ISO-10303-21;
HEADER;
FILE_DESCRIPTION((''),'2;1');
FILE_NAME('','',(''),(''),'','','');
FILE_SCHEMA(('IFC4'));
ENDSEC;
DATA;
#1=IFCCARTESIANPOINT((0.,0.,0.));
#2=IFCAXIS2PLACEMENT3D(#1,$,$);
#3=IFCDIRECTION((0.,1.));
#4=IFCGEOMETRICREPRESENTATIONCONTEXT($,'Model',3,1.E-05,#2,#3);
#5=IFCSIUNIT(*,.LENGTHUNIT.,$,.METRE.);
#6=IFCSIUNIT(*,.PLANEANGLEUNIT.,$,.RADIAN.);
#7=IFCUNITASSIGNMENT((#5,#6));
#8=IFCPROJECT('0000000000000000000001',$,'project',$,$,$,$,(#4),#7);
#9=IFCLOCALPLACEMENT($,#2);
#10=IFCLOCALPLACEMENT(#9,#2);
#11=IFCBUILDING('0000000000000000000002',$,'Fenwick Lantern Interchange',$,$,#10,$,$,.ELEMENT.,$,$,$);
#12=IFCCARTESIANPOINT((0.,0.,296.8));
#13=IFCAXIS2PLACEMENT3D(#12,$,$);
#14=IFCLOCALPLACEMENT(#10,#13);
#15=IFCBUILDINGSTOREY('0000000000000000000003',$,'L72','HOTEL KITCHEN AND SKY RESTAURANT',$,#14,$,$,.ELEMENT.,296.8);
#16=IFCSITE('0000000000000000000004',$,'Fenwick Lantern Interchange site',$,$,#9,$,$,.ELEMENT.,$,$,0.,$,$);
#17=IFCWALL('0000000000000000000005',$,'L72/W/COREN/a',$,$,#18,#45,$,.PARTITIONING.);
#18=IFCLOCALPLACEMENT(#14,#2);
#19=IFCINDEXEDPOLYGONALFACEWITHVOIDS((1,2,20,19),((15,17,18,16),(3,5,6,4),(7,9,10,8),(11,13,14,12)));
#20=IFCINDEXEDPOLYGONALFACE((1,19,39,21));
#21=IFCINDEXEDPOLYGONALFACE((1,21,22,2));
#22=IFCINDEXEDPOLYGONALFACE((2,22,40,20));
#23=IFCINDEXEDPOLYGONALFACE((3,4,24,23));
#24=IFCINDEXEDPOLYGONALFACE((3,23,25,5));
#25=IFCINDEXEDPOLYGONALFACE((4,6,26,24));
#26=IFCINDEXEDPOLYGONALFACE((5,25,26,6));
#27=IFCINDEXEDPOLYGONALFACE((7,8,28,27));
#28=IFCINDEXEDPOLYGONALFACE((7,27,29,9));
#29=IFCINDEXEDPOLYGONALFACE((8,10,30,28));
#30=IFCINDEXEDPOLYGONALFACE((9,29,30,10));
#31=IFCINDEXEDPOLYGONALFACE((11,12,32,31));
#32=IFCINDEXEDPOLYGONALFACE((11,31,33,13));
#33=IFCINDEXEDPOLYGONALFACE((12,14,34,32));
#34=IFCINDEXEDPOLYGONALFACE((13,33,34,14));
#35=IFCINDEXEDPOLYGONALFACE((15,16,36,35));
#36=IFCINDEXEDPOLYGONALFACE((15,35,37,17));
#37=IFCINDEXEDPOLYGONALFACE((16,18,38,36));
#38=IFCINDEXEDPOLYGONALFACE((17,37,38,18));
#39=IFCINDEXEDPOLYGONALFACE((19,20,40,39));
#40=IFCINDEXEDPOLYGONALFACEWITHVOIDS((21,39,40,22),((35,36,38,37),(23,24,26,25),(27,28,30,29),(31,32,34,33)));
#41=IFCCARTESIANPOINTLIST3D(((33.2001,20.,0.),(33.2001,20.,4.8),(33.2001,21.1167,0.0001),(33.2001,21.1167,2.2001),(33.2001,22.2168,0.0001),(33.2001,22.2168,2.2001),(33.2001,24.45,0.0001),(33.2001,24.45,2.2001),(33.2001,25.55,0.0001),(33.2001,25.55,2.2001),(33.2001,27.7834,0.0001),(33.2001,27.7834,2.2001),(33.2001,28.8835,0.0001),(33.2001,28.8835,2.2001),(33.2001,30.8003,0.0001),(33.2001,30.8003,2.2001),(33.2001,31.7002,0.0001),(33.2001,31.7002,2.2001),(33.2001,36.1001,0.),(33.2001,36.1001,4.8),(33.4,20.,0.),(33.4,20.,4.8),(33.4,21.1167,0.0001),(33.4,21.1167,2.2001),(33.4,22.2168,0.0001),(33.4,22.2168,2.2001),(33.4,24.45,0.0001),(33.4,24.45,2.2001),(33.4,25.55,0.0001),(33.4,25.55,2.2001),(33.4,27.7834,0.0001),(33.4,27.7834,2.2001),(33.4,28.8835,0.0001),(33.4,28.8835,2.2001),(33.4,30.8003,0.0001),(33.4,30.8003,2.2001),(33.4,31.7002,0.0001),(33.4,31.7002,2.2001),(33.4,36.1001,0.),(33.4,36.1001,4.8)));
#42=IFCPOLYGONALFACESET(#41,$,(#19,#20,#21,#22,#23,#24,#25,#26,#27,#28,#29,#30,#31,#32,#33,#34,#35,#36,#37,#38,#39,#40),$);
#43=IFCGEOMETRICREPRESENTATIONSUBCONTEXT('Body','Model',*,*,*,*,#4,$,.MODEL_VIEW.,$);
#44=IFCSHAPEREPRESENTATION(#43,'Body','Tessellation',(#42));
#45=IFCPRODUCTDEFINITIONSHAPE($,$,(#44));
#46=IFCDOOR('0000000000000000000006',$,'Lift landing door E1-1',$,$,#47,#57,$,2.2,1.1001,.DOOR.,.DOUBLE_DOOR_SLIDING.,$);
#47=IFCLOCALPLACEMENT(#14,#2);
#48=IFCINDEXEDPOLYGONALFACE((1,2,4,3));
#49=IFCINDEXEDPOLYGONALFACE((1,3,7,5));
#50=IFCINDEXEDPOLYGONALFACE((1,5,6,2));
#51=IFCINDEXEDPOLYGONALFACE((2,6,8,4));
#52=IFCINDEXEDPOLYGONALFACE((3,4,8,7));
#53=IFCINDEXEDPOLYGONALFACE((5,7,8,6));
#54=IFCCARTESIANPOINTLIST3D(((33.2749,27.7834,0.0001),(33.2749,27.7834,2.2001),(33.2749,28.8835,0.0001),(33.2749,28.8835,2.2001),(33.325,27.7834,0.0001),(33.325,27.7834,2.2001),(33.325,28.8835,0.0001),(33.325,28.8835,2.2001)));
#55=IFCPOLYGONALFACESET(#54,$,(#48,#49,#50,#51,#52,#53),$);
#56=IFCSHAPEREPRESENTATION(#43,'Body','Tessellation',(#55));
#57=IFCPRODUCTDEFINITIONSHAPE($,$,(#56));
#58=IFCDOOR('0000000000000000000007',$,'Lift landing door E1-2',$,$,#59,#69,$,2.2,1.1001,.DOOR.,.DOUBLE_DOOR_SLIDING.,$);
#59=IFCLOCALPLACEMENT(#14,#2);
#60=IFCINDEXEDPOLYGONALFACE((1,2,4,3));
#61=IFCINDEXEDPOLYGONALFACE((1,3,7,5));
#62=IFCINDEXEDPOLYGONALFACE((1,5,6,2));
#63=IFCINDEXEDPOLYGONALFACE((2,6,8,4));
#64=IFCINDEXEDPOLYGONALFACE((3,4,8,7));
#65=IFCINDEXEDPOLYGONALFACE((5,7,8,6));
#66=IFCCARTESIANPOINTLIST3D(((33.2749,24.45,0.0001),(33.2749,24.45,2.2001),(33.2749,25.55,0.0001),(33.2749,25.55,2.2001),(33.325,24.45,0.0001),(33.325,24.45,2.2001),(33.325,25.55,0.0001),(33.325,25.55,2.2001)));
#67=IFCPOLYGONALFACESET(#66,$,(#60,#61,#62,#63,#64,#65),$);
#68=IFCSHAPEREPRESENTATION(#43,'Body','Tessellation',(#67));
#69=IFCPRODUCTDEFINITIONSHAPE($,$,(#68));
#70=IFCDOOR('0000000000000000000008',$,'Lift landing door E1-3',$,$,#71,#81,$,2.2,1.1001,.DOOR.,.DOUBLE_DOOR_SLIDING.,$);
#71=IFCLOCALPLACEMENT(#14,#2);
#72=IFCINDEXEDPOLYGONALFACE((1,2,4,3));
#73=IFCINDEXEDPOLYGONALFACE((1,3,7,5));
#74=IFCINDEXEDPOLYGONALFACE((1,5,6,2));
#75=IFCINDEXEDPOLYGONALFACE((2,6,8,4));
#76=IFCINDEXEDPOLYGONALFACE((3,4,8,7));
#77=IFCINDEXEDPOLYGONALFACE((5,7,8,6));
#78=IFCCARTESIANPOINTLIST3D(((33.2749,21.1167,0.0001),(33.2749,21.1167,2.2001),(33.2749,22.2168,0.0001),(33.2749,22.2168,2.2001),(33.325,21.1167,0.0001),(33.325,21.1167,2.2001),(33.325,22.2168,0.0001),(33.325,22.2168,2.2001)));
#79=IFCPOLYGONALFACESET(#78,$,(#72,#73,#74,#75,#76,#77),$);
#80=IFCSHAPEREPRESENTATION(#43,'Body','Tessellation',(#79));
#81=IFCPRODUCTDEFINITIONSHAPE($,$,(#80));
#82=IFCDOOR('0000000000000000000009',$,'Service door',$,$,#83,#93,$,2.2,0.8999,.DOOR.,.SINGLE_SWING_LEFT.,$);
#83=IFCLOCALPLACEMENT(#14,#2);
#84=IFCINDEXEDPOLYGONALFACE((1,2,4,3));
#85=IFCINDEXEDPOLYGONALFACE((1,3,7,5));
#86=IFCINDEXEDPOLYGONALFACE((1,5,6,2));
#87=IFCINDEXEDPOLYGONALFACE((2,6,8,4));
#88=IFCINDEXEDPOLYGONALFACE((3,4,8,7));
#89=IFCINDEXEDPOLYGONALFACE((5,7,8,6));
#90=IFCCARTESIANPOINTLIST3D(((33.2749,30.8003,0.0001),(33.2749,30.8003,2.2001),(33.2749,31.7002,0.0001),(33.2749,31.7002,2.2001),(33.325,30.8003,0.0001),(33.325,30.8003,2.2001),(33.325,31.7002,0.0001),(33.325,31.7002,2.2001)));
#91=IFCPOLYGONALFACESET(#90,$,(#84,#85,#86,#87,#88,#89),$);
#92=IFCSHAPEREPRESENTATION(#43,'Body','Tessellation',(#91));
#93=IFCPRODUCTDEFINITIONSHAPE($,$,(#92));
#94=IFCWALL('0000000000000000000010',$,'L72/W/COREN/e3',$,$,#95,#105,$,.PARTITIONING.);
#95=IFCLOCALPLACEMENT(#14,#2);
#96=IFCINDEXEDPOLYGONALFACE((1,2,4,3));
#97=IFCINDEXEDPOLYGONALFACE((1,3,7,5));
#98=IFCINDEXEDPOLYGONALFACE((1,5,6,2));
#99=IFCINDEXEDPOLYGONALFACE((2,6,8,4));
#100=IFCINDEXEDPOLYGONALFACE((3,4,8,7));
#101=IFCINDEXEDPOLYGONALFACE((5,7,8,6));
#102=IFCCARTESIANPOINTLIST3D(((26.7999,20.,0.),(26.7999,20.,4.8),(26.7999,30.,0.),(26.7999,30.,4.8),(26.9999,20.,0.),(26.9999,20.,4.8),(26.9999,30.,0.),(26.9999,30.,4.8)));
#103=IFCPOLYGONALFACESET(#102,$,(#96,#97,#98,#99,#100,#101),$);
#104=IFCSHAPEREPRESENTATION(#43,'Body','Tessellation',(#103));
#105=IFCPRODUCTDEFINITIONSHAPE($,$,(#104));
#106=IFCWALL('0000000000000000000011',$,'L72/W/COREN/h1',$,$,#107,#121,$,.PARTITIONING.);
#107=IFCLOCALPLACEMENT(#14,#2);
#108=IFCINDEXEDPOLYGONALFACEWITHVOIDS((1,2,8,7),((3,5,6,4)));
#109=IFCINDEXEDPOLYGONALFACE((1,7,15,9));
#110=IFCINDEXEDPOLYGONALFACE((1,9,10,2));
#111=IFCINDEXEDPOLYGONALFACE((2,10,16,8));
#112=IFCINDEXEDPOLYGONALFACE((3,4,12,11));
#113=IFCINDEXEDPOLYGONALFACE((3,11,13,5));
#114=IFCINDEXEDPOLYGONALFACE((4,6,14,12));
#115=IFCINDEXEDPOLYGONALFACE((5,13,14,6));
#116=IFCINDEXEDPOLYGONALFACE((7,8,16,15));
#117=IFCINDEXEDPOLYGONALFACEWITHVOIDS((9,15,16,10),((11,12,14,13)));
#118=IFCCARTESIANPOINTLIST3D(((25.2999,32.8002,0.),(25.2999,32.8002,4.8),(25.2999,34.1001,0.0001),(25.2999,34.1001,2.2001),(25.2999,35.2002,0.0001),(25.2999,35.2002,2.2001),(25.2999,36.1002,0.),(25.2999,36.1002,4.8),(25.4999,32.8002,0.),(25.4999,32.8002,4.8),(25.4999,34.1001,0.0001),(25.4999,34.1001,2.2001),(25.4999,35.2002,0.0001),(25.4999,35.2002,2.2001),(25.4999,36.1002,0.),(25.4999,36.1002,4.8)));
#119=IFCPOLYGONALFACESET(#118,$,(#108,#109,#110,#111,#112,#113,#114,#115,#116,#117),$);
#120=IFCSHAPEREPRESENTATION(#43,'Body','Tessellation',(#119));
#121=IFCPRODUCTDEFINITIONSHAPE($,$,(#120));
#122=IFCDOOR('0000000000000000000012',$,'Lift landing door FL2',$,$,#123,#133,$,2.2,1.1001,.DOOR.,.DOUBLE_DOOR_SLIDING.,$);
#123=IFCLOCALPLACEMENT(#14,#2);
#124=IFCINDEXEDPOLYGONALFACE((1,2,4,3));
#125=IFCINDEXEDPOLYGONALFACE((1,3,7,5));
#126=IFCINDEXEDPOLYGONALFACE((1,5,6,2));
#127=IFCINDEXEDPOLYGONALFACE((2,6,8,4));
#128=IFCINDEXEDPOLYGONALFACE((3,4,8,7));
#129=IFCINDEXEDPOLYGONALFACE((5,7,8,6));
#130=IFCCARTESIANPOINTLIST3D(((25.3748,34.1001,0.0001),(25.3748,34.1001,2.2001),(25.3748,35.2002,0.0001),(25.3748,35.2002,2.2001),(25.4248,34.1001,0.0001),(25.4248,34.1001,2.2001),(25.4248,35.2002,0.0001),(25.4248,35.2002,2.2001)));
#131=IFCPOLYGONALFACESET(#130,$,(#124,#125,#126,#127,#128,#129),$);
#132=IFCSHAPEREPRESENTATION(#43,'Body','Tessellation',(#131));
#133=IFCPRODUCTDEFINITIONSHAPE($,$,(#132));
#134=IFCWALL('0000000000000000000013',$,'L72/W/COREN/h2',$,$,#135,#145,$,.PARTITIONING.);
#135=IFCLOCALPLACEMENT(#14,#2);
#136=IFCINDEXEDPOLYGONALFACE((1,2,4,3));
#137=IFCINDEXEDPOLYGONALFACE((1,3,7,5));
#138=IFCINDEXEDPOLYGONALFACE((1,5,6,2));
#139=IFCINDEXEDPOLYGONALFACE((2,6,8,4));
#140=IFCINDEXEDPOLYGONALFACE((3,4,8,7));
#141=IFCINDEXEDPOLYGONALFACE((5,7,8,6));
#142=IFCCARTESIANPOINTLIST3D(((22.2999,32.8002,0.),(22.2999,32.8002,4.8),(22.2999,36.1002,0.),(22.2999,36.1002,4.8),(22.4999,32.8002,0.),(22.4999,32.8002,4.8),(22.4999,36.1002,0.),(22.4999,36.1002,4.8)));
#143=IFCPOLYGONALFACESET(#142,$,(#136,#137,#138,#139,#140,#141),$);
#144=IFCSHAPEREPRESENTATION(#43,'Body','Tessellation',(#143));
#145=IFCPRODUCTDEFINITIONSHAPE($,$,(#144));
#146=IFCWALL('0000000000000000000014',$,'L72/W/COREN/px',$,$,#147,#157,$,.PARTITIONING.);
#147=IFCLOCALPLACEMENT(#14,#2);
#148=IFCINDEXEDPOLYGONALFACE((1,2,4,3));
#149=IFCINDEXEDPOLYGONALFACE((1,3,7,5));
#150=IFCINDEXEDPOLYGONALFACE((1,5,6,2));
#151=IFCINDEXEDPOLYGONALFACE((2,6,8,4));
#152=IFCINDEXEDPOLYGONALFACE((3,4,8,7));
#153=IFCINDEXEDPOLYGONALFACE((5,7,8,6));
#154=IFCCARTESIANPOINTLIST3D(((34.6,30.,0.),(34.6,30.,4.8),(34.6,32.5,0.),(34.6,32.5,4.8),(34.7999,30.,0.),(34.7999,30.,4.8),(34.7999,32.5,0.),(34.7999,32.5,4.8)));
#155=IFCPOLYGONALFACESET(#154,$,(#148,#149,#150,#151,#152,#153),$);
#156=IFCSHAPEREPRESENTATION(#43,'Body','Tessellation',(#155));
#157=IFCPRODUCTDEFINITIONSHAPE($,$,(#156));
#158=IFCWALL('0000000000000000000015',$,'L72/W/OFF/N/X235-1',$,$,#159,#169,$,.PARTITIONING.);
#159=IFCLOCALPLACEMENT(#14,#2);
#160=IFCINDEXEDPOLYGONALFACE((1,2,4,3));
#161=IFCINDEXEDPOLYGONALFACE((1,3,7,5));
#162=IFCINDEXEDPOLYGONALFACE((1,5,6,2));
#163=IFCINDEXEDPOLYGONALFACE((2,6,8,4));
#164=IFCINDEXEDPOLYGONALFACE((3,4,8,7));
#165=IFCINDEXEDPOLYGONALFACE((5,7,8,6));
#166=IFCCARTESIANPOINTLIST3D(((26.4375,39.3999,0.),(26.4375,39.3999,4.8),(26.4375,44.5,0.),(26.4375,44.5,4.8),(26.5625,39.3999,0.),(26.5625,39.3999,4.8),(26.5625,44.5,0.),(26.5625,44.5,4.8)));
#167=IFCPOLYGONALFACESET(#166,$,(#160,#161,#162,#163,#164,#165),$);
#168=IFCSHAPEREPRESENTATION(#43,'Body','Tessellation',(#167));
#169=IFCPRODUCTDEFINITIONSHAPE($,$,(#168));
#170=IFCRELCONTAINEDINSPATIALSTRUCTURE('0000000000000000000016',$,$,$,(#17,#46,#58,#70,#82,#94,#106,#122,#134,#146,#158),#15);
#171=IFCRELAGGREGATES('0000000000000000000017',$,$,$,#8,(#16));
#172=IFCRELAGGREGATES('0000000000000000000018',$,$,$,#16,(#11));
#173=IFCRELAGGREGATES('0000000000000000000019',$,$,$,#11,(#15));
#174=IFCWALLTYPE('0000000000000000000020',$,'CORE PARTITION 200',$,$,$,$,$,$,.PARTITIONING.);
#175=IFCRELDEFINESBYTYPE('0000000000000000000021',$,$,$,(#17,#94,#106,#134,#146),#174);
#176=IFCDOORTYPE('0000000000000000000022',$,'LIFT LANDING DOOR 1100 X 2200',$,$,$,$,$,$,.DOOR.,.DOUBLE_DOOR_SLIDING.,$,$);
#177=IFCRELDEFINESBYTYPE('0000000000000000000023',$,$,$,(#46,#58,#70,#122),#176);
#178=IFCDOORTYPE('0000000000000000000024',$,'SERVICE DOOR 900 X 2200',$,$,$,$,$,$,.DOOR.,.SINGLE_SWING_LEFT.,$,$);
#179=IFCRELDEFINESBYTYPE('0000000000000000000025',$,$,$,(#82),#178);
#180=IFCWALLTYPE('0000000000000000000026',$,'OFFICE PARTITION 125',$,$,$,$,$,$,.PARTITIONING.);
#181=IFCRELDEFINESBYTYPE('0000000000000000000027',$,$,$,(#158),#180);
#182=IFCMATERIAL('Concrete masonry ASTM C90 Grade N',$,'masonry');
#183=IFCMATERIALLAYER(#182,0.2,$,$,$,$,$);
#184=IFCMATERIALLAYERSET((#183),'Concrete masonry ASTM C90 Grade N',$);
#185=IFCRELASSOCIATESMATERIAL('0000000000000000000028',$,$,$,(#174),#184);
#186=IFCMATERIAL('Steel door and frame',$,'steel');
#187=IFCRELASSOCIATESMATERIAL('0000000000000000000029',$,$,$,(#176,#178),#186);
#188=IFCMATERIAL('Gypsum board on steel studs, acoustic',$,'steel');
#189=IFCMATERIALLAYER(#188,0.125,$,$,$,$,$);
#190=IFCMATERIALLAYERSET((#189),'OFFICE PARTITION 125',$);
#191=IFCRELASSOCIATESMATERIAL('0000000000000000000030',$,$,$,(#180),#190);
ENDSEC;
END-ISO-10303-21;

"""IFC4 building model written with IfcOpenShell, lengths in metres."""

from ifc_helpers import new_model, si_unit, direction, frame, frame_2d, origin, place, context, subcontext, project, spatial, rectangle, extrude, material, layer, layer_set, type_object, element, fill, save


model = new_model("IFC4")

# Units and contexts
model_context = context("Model", 3, precision=1e-05, world=origin(), true_north=direction((0.0, 1.0)))
body_context = subcontext(model_context, "Body", "Model", "MODEL_VIEW")
ifc_project = project(units=[si_unit("LENGTHUNIT", "METRE"), si_unit("PLANEANGLEUNIT", "RADIAN")], contexts=[model_context])

# Site, building, storey
site_placement = place(None, origin())
site = spatial("IfcSite", under=ifc_project, at=site_placement, Name="Fenwick Lantern Interchange site", CompositionType="ELEMENT", RefElevation=0.0)
building_placement = place(site_placement, origin())
building = spatial("IfcBuilding", under=site, at=building_placement, Name="Fenwick Lantern Interchange", CompositionType="ELEMENT")
storey_placement = place(building_placement, frame((0.0, 0.0, 296.8)))
storey = spatial("IfcBuildingStorey", under=building, at=storey_placement, Name="L72", Description="HOTEL KITCHEN AND SKY RESTAURANT", CompositionType="ELEMENT", Elevation=296.8)

# Wall, openings, doors
ifc_material_1 = material(Name="Concrete masonry ASTM C90 Grade N", Category="masonry")
ifc_layer_1 = layer(ifc_material_1, 0.2)
ifc_layer_set_1 = layer_set([ifc_layer_1], Name="Concrete masonry ASTM C90 Grade N")
wall_type_1 = type_object("IfcWallType", Name="CORE PARTITION 200", PredefinedType="PARTITIONING", material=ifc_layer_set_1)
wall_1_placement = place(storey_placement, frame((33.3, 36.1001, 0.0), z_axis=(0.0, 0.0, 1.0), x_axis=(0.0, -1.0, 0.0)))
wall_1 = element("IfcWall", 1, at=wall_1_placement, inside=storey, type_object=wall_type_1, Name="L72/W/COREN/a", PredefinedType="PARTITIONING", context=body_context, shape_type="SweptSolid", body=[
    extrude(rectangle(XDim=16.1001, YDim=0.2, at=frame_2d((8.05, 0.0))), origin(), (0.0, 0.0, 1.0), 4.8),
])
opening_1_placement = place(wall_1_placement, frame((4.3999, 0.0, 0.0)))
opening_1 = element("IfcOpeningElement", 2, at=opening_1_placement, cuts=wall_1, PredefinedType="OPENING", context=body_context, shape_type="SweptSolid", body=[
    extrude(rectangle(XDim=0.8999, YDim=2.2, at=frame_2d((0.45, 1.1001))), frame((0.0, 0.1099, 0.0), z_axis=(0.0, -1.0, 0.0), x_axis=(1.0, 0.0, 0.0)), (0.0, 0.0, 1.0), 0.22),
])
opening_2_placement = place(wall_1_placement, frame((7.2166, 0.0, 0.0)))
opening_2 = element("IfcOpeningElement", 3, at=opening_2_placement, cuts=wall_1, PredefinedType="OPENING", context=body_context, shape_type="SweptSolid", body=[
    extrude(rectangle(XDim=1.1001, YDim=2.2, at=frame_2d((0.55, 1.1001))), frame((0.0, 0.1099, 0.0), z_axis=(0.0, -1.0, 0.0), x_axis=(1.0, 0.0, 0.0)), (0.0, 0.0, 1.0), 0.22),
])
opening_3_placement = place(wall_1_placement, frame((10.55, 0.0, 0.0)))
opening_3 = element("IfcOpeningElement", 4, at=opening_3_placement, cuts=wall_1, PredefinedType="OPENING", context=body_context, shape_type="SweptSolid", body=[
    extrude(rectangle(XDim=1.1001, YDim=2.2, at=frame_2d((0.55, 1.1001))), frame((0.0, 0.1099, 0.0), z_axis=(0.0, -1.0, 0.0), x_axis=(1.0, 0.0, 0.0)), (0.0, 0.0, 1.0), 0.22),
])
opening_4_placement = place(wall_1_placement, frame((13.8833, 0.0, 0.0)))
opening_4 = element("IfcOpeningElement", 5, at=opening_4_placement, cuts=wall_1, PredefinedType="OPENING", context=body_context, shape_type="SweptSolid", body=[
    extrude(rectangle(XDim=1.1001, YDim=2.2, at=frame_2d((0.55, 1.1001))), frame((0.0, 0.1099, 0.0), z_axis=(0.0, -1.0, 0.0), x_axis=(1.0, 0.0, 0.0)), (0.0, 0.0, 1.0), 0.22),
])
ifc_material_2 = material(Name="Steel door and frame", Category="steel")
door_type_1 = type_object("IfcDoorType", Name="LIFT LANDING DOOR 1100 X 2200", OperationType="DOUBLE_DOOR_SLIDING", PredefinedType="DOOR", material=ifc_material_2)
door_1_placement = place(opening_2_placement, origin())
door_1 = element("IfcDoor", 6, at=door_1_placement, inside=storey, type_object=door_type_1, Name="Lift landing door E1-1", OperationType="DOUBLE_DOOR_SLIDING", OverallHeight=2.2, OverallWidth=1.1001, PredefinedType="DOOR", context=body_context, shape_type="SweptSolid", body=[
    extrude(rectangle(XDim=1.1001, YDim=2.2, at=frame_2d((0.55, 1.1001))), frame((0.0, 0.0249, 0.0), z_axis=(0.0, -1.0, 0.0), x_axis=(1.0, 0.0, 0.0)), (0.0, 0.0, 1.0), 0.05),
])
fill(opening_2, door_1)
door_2_placement = place(opening_3_placement, origin())
door_2 = element("IfcDoor", 7, at=door_2_placement, inside=storey, type_object=door_type_1, Name="Lift landing door E1-2", OperationType="DOUBLE_DOOR_SLIDING", OverallHeight=2.2, OverallWidth=1.1001, PredefinedType="DOOR", context=body_context, shape_type="SweptSolid", body=[
    extrude(rectangle(XDim=1.1001, YDim=2.2, at=frame_2d((0.55, 1.1001))), frame((0.0, 0.0249, 0.0), z_axis=(0.0, -1.0, 0.0), x_axis=(1.0, 0.0, 0.0)), (0.0, 0.0, 1.0), 0.05),
])
fill(opening_3, door_2)
door_3_placement = place(opening_4_placement, origin())
door_3 = element("IfcDoor", 8, at=door_3_placement, inside=storey, type_object=door_type_1, Name="Lift landing door E1-3", OperationType="DOUBLE_DOOR_SLIDING", OverallHeight=2.2, OverallWidth=1.1001, PredefinedType="DOOR", context=body_context, shape_type="SweptSolid", body=[
    extrude(rectangle(XDim=1.1001, YDim=2.2, at=frame_2d((0.55, 1.1001))), frame((0.0, 0.0249, 0.0), z_axis=(0.0, -1.0, 0.0), x_axis=(1.0, 0.0, 0.0)), (0.0, 0.0, 1.0), 0.05),
])
fill(opening_4, door_3)
door_type_2 = type_object("IfcDoorType", Name="SERVICE DOOR 900 X 2200", OperationType="SINGLE_SWING_LEFT", PredefinedType="DOOR", material=ifc_material_2)
door_4_placement = place(opening_1_placement, origin())
door_4 = element("IfcDoor", 9, at=door_4_placement, inside=storey, type_object=door_type_2, Name="Service door", OperationType="SINGLE_SWING_LEFT", OverallHeight=2.2, OverallWidth=0.8999, PredefinedType="DOOR", context=body_context, shape_type="SweptSolid", body=[
    extrude(rectangle(XDim=0.8999, YDim=2.2, at=frame_2d((0.45, 1.1001))), frame((0.0, 0.0249, 0.0), z_axis=(0.0, -1.0, 0.0), x_axis=(1.0, 0.0, 0.0)), (0.0, 0.0, 1.0), 0.05),
])
fill(opening_1, door_4)

# Wall
wall_2_placement = place(storey_placement, frame((26.8999, 30.0, 0.0), z_axis=(0.0, 0.0, 1.0), x_axis=(0.0, -1.0, 0.0)))
element("IfcWall", 10, at=wall_2_placement, inside=storey, type_object=wall_type_1, Name="L72/W/COREN/e3", PredefinedType="PARTITIONING", context=body_context, shape_type="SweptSolid", body=[
    extrude(rectangle(XDim=10.0, YDim=0.2, at=frame_2d((5.0, 0.0))), origin(), (0.0, 0.0, 1.0), 4.8),
])

# Wall, opening, door
wall_3_placement = place(storey_placement, frame((25.3999, 36.1001, 0.0), z_axis=(0.0, 0.0, 1.0), x_axis=(0.0, -1.0, 0.0)))
wall_3 = element("IfcWall", 11, at=wall_3_placement, inside=storey, type_object=wall_type_1, Name="L72/W/COREN/h1", PredefinedType="PARTITIONING", context=body_context, shape_type="SweptSolid", body=[
    extrude(rectangle(XDim=3.3, YDim=0.2, at=frame_2d((1.6499, 0.0))), origin(), (0.0, 0.0, 1.0), 4.8),
])
opening_5_placement = place(wall_3_placement, frame((0.8999, 0.0, 0.0)))
opening_5 = element("IfcOpeningElement", 12, at=opening_5_placement, cuts=wall_3, PredefinedType="OPENING", context=body_context, shape_type="SweptSolid", body=[
    extrude(rectangle(XDim=1.1001, YDim=2.2, at=frame_2d((0.55, 1.1001))), frame((0.0, 0.1099, 0.0), z_axis=(0.0, -1.0, 0.0), x_axis=(1.0, 0.0, 0.0)), (0.0, 0.0, 1.0), 0.22),
])
door_5_placement = place(opening_5_placement, origin())
door_5 = element("IfcDoor", 13, at=door_5_placement, inside=storey, type_object=door_type_1, Name="Lift landing door FL2", OperationType="DOUBLE_DOOR_SLIDING", OverallHeight=2.2, OverallWidth=1.1001, PredefinedType="DOOR", context=body_context, shape_type="SweptSolid", body=[
    extrude(rectangle(XDim=1.1001, YDim=2.2, at=frame_2d((0.55, 1.1001))), frame((0.0, 0.0249, 0.0), z_axis=(0.0, -1.0, 0.0), x_axis=(1.0, 0.0, 0.0)), (0.0, 0.0, 1.0), 0.05),
])
fill(opening_5, door_5)

# Walls
wall_4_placement = place(storey_placement, frame((22.3999, 36.1001, 0.0), z_axis=(0.0, 0.0, 1.0), x_axis=(0.0, -1.0, 0.0)))
element("IfcWall", 14, at=wall_4_placement, inside=storey, type_object=wall_type_1, Name="L72/W/COREN/h2", PredefinedType="PARTITIONING", context=body_context, shape_type="SweptSolid", body=[
    extrude(rectangle(XDim=3.3, YDim=0.2, at=frame_2d((1.6499, 0.0))), origin(), (0.0, 0.0, 1.0), 4.8),
])
wall_5_placement = place(storey_placement, frame((34.7, 32.5, 0.0), z_axis=(0.0, 0.0, 1.0), x_axis=(0.0, -1.0, 0.0)))
element("IfcWall", 15, at=wall_5_placement, inside=storey, type_object=wall_type_1, Name="L72/W/COREN/px", PredefinedType="PARTITIONING", context=body_context, shape_type="SweptSolid", body=[
    extrude(rectangle(XDim=2.5, YDim=0.2, at=frame_2d((1.25, 0.0))), origin(), (0.0, 0.0, 1.0), 4.8),
])
ifc_material_3 = material(Name="Gypsum board on steel studs, acoustic", Category="steel")
ifc_layer_2 = layer(ifc_material_3, 0.125)
ifc_layer_set_2 = layer_set([ifc_layer_2], Name="OFFICE PARTITION 125")
wall_type_2 = type_object("IfcWallType", Name="OFFICE PARTITION 125", PredefinedType="PARTITIONING", material=ifc_layer_set_2)
wall_6_placement = place(storey_placement, frame((26.5, 44.5, 0.0), z_axis=(0.0, 0.0, 1.0), x_axis=(0.0, -1.0, 0.0)))
element("IfcWall", 16, at=wall_6_placement, inside=storey, type_object=wall_type_2, Name="L72/W/OFF/N/X235-1", PredefinedType="PARTITIONING", context=body_context, shape_type="SweptSolid", body=[
    extrude(rectangle(XDim=5.1001, YDim=0.125, at=frame_2d((2.55, 0.0))), origin(), (0.0, 0.0, 1.0), 4.8),
])

save(model, "model.ifc")
